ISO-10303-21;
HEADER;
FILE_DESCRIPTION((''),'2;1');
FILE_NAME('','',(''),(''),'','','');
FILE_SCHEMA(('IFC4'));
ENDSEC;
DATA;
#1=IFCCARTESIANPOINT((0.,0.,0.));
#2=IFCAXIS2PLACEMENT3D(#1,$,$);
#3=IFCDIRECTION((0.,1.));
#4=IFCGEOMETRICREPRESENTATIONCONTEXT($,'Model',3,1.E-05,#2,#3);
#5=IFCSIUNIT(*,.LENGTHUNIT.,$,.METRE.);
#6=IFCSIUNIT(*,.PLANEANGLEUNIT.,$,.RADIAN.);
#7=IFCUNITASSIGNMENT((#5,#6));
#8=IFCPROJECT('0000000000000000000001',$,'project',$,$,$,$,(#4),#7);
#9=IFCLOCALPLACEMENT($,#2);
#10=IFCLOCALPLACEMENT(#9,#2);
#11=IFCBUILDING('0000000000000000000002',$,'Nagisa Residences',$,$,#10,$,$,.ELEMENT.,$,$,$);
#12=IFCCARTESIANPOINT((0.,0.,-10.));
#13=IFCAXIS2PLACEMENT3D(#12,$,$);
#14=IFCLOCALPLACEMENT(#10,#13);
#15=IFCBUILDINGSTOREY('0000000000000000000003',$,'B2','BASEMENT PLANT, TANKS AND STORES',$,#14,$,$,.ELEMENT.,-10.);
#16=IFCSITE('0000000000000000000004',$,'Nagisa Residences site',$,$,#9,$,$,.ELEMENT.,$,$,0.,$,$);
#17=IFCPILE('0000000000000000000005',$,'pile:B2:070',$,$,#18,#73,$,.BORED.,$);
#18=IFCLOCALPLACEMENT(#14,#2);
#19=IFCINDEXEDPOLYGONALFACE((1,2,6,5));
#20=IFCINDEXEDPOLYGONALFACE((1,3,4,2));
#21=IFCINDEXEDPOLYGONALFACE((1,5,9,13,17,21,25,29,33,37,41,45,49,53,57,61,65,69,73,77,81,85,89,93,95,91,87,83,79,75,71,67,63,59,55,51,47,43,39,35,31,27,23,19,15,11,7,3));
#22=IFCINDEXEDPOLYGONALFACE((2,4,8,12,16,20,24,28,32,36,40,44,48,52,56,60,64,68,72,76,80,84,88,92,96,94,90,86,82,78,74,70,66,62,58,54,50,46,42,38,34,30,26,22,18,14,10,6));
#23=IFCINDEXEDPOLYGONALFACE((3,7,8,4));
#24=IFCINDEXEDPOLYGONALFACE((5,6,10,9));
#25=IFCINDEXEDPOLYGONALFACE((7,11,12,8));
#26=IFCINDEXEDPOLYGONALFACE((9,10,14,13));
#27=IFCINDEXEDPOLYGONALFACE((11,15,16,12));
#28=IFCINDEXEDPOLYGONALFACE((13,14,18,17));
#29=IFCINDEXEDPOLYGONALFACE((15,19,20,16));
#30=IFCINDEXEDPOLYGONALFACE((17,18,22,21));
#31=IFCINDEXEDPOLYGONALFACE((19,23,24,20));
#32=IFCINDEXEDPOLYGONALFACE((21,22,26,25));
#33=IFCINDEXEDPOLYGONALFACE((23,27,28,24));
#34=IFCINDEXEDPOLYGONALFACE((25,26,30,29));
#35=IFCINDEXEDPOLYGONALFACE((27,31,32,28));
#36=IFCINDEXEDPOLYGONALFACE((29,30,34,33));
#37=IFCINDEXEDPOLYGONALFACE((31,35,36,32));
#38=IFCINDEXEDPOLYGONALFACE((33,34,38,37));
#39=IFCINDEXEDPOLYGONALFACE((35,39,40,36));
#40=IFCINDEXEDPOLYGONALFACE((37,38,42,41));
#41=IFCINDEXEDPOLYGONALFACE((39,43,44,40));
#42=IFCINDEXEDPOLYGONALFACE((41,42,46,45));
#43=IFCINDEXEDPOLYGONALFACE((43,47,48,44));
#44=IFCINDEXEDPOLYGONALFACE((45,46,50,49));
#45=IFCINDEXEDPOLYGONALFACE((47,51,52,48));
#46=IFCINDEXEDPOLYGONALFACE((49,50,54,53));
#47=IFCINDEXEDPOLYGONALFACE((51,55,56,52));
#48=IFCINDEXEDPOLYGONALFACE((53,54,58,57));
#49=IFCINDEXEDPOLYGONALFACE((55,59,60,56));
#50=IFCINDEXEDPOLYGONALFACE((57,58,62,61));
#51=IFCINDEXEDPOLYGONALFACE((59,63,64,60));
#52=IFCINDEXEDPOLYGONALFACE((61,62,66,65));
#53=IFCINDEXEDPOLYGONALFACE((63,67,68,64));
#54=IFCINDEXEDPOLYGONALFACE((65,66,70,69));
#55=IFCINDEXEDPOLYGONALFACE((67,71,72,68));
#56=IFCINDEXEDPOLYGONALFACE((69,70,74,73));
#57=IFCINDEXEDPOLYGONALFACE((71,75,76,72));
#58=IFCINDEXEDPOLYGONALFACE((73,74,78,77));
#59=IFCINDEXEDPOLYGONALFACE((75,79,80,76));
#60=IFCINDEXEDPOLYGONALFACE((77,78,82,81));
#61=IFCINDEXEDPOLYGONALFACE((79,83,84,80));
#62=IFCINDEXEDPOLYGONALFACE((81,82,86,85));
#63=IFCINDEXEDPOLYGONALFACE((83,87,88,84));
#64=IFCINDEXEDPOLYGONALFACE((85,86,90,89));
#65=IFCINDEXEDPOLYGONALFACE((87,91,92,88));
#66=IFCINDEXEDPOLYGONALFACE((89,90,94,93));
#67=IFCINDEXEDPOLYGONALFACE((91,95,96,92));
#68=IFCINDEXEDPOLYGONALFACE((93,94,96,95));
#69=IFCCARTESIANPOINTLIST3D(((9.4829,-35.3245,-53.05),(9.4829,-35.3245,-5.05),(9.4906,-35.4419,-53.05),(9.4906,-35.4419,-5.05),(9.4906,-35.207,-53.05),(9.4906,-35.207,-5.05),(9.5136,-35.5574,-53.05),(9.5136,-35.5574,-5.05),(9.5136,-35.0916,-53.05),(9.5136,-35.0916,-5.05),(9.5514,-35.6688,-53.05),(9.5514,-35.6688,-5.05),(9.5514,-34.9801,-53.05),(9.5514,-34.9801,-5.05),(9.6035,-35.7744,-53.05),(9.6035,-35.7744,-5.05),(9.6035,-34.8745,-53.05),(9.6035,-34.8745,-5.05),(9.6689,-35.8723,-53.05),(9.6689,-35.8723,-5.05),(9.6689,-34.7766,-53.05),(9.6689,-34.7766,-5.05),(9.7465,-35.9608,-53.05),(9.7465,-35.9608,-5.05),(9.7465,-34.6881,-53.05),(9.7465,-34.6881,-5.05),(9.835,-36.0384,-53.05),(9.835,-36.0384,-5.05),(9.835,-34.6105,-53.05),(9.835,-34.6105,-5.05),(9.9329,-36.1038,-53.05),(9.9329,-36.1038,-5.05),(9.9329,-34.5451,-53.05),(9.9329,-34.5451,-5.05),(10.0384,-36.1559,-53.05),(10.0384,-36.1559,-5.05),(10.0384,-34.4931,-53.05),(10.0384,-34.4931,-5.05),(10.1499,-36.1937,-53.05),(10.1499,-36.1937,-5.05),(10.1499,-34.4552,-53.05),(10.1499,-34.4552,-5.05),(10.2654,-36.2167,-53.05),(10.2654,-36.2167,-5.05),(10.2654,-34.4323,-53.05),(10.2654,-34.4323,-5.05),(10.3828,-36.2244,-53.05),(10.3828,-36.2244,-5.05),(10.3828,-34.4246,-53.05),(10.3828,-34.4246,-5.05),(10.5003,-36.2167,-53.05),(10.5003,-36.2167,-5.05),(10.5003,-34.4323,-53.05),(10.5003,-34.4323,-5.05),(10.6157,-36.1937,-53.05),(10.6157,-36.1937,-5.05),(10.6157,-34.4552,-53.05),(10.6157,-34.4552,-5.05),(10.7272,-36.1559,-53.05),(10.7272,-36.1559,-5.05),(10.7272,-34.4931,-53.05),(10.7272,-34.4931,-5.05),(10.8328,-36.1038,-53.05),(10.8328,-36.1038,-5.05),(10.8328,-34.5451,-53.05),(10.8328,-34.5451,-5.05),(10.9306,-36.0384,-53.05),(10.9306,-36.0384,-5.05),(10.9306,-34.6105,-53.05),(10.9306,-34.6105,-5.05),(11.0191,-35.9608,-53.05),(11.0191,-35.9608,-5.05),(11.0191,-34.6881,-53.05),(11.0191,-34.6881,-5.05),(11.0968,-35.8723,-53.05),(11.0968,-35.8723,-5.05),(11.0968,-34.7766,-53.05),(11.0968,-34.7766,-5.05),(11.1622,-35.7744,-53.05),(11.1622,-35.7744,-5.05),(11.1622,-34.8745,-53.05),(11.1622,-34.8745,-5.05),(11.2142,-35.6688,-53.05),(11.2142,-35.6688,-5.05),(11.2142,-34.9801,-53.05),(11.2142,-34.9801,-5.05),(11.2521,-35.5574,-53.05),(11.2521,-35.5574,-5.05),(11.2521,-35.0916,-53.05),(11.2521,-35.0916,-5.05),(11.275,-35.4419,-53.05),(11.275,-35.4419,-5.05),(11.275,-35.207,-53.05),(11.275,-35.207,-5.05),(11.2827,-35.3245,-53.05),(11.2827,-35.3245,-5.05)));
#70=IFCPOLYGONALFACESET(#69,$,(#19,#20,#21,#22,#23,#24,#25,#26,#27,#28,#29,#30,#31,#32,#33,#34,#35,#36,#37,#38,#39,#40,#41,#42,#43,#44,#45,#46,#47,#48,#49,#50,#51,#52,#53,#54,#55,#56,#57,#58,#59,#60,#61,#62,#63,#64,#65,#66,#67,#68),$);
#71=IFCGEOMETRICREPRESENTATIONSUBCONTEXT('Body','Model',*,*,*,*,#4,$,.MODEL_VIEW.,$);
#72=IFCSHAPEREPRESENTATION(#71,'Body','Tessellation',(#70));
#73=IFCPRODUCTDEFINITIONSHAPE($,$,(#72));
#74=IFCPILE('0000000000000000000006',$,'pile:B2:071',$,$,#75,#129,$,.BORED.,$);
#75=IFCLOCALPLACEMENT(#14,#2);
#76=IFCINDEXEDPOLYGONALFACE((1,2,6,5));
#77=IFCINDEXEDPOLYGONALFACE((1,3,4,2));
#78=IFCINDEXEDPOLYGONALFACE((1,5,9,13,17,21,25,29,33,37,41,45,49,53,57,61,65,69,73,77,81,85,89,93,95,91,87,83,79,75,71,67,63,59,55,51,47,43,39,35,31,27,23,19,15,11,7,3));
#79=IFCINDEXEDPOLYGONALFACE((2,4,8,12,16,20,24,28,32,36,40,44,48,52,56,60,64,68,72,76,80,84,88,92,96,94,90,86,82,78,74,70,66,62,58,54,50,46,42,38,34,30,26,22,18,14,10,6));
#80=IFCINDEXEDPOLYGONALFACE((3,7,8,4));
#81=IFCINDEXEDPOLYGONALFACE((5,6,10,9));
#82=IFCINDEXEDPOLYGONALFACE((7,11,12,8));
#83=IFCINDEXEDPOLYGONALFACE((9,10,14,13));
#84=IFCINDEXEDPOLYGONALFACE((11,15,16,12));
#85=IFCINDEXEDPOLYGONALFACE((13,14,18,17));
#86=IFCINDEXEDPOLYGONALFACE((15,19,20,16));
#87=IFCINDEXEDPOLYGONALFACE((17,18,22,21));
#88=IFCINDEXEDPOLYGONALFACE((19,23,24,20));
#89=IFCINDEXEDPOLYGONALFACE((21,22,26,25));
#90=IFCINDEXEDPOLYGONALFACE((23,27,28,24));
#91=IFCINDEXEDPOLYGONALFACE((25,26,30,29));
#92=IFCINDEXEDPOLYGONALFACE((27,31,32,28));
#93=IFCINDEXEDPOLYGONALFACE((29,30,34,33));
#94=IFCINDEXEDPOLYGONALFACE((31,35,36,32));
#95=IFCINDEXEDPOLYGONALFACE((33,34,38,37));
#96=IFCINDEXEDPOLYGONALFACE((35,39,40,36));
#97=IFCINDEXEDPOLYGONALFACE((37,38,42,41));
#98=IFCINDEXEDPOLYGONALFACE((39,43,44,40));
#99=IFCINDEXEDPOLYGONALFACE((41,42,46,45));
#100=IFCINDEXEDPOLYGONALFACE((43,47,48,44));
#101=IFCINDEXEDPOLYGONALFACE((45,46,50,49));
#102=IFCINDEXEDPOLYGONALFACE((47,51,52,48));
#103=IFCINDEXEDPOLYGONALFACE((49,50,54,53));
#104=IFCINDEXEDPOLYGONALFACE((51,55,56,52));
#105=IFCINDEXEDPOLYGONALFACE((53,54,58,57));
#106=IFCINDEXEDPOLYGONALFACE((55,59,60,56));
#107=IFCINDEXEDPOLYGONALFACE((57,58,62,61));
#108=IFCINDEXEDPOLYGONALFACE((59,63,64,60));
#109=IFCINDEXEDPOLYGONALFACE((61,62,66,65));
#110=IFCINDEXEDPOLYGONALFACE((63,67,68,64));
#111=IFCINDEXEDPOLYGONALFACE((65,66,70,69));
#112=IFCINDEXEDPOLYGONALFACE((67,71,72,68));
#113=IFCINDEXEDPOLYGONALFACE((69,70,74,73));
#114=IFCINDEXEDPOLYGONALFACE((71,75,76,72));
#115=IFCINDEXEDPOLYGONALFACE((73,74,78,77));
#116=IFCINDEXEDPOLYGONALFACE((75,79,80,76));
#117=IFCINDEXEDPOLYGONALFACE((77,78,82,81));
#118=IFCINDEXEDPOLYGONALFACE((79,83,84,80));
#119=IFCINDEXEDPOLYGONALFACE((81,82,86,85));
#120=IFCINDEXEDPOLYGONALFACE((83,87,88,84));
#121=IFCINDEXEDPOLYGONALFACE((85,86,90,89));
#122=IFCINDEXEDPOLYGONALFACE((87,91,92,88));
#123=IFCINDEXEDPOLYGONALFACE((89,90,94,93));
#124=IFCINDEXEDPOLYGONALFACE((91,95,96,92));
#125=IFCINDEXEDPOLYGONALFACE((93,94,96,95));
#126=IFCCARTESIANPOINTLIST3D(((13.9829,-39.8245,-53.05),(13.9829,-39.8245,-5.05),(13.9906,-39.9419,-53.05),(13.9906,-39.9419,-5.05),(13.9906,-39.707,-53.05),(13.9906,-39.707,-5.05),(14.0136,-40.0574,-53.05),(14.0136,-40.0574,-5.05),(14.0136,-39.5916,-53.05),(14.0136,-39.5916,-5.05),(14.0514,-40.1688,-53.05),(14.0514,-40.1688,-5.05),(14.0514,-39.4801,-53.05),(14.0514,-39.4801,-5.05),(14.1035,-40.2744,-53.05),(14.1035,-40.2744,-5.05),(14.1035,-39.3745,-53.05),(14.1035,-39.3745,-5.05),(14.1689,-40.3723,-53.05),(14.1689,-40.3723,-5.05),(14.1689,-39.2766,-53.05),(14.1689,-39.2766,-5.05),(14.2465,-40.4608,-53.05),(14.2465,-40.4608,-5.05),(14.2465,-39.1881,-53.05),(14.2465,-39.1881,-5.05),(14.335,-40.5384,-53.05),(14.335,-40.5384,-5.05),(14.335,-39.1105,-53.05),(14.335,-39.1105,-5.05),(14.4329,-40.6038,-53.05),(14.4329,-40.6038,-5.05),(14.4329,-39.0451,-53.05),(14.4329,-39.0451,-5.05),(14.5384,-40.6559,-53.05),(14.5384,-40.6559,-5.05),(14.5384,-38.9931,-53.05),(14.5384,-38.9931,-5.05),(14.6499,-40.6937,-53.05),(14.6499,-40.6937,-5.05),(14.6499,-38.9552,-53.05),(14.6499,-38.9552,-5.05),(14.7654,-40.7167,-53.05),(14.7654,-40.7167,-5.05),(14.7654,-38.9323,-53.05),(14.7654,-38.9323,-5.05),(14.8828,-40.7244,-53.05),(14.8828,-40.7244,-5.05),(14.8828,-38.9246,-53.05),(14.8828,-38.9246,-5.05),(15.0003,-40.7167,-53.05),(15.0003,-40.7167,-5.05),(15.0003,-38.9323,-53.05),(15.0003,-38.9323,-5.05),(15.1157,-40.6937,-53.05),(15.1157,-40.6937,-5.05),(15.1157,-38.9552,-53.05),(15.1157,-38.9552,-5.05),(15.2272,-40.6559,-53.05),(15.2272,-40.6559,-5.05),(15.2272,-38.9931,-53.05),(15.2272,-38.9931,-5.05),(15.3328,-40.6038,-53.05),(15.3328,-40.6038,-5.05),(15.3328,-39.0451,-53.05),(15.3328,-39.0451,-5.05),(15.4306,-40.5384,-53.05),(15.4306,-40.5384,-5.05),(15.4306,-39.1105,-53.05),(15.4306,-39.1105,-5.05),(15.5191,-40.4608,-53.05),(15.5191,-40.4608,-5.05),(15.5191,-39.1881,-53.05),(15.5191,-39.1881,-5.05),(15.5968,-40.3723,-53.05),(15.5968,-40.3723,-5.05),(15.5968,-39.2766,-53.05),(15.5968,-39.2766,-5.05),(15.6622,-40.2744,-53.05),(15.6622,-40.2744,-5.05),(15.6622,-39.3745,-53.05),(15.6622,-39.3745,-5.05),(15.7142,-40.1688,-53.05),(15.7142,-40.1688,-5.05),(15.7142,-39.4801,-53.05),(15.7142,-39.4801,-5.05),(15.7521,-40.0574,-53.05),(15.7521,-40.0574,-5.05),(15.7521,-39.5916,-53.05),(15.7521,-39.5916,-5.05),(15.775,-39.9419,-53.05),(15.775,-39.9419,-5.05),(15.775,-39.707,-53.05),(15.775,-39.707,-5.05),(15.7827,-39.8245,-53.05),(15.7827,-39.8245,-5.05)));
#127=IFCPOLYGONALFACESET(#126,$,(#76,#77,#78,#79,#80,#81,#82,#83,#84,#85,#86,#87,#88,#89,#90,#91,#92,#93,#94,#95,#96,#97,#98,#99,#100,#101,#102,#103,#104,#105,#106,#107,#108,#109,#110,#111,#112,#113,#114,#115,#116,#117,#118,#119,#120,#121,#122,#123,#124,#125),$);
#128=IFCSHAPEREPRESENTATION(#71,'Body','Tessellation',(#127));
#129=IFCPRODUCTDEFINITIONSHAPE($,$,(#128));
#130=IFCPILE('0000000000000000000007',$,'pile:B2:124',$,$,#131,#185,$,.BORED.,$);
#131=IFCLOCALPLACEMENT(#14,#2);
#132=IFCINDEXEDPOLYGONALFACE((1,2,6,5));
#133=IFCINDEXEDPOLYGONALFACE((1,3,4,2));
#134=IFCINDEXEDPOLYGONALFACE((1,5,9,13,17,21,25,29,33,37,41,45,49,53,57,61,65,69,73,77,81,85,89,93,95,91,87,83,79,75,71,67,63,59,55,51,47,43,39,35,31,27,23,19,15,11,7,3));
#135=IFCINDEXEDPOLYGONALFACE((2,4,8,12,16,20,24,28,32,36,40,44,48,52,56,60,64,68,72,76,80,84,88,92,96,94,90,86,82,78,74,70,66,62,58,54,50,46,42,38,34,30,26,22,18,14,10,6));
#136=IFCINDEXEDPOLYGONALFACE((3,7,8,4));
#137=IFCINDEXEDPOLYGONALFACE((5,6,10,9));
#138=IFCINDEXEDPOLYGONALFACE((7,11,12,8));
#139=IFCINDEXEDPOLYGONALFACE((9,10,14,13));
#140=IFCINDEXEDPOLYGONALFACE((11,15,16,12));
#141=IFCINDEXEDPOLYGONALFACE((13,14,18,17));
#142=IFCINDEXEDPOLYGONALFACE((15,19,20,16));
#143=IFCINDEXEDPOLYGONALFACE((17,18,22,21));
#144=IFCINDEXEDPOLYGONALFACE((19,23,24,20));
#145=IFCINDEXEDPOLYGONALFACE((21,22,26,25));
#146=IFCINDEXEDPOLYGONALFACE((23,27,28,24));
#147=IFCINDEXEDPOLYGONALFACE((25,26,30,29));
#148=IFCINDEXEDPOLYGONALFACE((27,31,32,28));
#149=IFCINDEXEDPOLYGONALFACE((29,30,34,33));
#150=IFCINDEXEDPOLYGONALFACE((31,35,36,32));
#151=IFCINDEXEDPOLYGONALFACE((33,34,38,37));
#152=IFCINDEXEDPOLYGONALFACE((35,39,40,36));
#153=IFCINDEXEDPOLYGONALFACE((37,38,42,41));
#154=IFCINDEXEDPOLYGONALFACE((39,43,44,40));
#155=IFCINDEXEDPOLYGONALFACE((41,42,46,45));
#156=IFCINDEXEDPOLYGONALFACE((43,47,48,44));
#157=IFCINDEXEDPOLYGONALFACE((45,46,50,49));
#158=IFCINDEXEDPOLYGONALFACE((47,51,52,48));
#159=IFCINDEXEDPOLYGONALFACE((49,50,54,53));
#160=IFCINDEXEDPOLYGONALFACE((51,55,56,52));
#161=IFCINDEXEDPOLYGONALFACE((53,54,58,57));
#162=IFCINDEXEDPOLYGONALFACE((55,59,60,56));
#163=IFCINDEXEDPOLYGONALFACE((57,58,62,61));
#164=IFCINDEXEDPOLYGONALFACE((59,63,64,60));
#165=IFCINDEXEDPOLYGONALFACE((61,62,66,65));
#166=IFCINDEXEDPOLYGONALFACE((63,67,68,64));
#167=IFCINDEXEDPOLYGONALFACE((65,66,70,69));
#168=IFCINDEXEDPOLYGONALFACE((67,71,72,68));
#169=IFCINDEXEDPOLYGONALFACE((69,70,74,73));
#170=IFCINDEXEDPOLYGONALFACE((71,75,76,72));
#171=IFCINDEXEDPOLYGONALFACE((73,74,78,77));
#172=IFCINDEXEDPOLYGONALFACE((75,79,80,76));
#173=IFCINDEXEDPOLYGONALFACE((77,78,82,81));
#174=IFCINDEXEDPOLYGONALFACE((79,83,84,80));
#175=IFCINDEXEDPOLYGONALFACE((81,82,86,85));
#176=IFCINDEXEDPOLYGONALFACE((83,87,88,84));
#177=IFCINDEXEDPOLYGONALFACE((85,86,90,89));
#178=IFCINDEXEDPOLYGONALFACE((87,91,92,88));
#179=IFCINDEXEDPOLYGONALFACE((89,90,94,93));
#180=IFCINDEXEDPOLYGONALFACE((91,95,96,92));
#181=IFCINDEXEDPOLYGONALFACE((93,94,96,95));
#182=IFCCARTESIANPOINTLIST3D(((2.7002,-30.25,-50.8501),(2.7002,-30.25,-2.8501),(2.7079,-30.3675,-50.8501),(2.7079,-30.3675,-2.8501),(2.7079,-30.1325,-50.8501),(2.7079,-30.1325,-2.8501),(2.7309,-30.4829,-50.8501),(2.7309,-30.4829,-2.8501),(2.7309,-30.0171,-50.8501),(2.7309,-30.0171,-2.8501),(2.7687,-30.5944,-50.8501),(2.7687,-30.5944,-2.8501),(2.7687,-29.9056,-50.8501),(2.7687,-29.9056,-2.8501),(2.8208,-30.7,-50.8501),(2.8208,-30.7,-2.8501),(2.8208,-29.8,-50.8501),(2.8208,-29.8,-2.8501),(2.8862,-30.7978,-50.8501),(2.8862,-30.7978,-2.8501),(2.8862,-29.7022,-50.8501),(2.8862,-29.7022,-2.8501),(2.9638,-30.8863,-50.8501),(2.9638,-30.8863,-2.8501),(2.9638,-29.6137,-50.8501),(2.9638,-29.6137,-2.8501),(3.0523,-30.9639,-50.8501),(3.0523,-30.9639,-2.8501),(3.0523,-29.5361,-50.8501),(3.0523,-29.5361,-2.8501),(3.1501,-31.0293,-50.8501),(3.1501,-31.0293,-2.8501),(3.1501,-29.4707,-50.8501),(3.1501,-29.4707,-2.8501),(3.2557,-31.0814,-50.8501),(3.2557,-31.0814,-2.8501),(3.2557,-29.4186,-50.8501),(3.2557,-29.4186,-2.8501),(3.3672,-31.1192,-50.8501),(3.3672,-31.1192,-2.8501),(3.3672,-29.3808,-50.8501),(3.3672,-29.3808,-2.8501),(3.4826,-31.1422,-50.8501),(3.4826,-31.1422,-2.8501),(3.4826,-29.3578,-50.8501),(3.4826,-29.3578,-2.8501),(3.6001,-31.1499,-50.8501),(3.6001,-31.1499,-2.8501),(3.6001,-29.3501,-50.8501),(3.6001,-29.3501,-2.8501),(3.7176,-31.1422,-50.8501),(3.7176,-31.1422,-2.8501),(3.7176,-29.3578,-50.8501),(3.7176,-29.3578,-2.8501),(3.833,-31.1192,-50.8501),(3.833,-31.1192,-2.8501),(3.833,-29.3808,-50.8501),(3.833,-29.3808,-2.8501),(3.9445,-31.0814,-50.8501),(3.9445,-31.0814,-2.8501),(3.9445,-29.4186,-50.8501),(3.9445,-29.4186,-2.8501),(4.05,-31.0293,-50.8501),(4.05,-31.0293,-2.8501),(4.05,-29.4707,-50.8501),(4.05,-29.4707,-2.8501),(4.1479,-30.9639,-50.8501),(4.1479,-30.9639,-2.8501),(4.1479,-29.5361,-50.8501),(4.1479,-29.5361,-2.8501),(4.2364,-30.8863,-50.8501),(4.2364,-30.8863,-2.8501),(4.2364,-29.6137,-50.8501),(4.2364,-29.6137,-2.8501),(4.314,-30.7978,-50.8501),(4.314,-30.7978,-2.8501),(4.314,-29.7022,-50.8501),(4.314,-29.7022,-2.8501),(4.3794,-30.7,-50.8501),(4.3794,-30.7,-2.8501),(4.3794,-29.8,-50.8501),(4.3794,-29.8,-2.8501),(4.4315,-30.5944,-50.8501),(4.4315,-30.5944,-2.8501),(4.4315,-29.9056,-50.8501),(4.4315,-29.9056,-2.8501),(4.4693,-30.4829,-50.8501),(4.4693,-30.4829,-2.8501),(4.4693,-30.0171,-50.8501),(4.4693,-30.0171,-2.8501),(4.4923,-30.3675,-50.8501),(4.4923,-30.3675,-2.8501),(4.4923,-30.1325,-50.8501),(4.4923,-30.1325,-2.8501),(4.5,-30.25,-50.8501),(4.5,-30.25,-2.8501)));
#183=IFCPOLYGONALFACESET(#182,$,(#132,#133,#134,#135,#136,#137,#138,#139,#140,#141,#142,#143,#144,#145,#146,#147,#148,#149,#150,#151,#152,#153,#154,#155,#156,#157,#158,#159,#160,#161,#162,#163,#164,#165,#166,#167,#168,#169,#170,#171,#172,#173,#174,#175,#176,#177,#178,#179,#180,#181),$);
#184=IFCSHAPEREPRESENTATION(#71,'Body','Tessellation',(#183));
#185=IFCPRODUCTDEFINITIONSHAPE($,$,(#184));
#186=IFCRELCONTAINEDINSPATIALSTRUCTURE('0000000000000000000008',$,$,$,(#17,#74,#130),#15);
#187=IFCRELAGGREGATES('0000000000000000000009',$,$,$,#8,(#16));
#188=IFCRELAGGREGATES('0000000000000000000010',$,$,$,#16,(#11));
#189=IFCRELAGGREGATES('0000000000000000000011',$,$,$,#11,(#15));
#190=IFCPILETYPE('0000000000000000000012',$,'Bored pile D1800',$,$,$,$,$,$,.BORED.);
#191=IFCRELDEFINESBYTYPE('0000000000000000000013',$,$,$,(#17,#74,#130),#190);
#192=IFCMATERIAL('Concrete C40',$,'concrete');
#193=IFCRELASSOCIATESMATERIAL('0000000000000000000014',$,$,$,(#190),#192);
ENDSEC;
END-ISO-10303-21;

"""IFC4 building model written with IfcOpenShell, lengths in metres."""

from ifc_helpers import new_model, si_unit, direction, frame, origin, origin_2d, place, context, subcontext, project, spatial, circle, extrude, material, material_profile, profile_set, type_object, element, save


model = new_model("IFC4")

# Units and contexts
model_context = context("Model", 3, precision=1e-05, world=origin(), true_north=direction((0.0, 1.0)))
body_context = subcontext(model_context, "Body", "Model", "MODEL_VIEW")
ifc_project = project(units=[si_unit("LENGTHUNIT", "METRE"), si_unit("PLANEANGLEUNIT", "RADIAN")], contexts=[model_context])

# Site, building, storey
site_placement = place(None, origin())
site = spatial("IfcSite", under=ifc_project, at=site_placement, Name="Nagisa Residences site", CompositionType="ELEMENT", RefElevation=0.0)
building_placement = place(site_placement, origin())
building = spatial("IfcBuilding", under=site, at=building_placement, Name="Nagisa Residences", CompositionType="ELEMENT")
storey_placement = place(building_placement, frame((0.0, 0.0, -10.0)))
storey = spatial("IfcBuildingStorey", under=building, at=storey_placement, Name="B2", Description="BASEMENT PLANT, TANKS AND STORES", CompositionType="ELEMENT", Elevation=-10.0)

# Piles
ifc_material_1 = material(Name="Concrete C40", Category="concrete")
ifc_material_profile_1 = material_profile(ifc_material_1, circle(Radius=0.8999, at=origin_2d()), Name="Bored pile D1800")
ifc_profile_set_1 = profile_set([ifc_material_profile_1], Name="Concrete C40")
pile_type = type_object("IfcPileType", Name="Bored pile D1800", PredefinedType="BORED", material=ifc_profile_set_1)
for number, where, z_axis, x_axis, name in (
    (1, (10.3828, -35.3245, -5.05), (0.0, 0.0, -1.0), (1.0, 0.0, 0.0), "pile:B2:070"),
    (2, (14.8828, -39.8245, -5.05), (0.0, 0.0, -1.0), (1.0, 0.0, 0.0), "pile:B2:071"),
    (3, (3.6001, -30.25, -2.8501), (0.0, 0.0, -1.0), (1.0, 0.0, 0.0), "pile:B2:124"),
):
    element("IfcPile", number, at=place(storey_placement, frame(where, z_axis=z_axis, x_axis=x_axis)), inside=storey, type_object=pile_type, Name=name, PredefinedType="BORED", context=body_context, shape_type="SweptSolid", body=[
        extrude(circle(Radius=0.8999, at=origin_2d()), origin(), (0.0, 0.0, 1.0), 48.0),
    ])

save(model, "model.ifc")
